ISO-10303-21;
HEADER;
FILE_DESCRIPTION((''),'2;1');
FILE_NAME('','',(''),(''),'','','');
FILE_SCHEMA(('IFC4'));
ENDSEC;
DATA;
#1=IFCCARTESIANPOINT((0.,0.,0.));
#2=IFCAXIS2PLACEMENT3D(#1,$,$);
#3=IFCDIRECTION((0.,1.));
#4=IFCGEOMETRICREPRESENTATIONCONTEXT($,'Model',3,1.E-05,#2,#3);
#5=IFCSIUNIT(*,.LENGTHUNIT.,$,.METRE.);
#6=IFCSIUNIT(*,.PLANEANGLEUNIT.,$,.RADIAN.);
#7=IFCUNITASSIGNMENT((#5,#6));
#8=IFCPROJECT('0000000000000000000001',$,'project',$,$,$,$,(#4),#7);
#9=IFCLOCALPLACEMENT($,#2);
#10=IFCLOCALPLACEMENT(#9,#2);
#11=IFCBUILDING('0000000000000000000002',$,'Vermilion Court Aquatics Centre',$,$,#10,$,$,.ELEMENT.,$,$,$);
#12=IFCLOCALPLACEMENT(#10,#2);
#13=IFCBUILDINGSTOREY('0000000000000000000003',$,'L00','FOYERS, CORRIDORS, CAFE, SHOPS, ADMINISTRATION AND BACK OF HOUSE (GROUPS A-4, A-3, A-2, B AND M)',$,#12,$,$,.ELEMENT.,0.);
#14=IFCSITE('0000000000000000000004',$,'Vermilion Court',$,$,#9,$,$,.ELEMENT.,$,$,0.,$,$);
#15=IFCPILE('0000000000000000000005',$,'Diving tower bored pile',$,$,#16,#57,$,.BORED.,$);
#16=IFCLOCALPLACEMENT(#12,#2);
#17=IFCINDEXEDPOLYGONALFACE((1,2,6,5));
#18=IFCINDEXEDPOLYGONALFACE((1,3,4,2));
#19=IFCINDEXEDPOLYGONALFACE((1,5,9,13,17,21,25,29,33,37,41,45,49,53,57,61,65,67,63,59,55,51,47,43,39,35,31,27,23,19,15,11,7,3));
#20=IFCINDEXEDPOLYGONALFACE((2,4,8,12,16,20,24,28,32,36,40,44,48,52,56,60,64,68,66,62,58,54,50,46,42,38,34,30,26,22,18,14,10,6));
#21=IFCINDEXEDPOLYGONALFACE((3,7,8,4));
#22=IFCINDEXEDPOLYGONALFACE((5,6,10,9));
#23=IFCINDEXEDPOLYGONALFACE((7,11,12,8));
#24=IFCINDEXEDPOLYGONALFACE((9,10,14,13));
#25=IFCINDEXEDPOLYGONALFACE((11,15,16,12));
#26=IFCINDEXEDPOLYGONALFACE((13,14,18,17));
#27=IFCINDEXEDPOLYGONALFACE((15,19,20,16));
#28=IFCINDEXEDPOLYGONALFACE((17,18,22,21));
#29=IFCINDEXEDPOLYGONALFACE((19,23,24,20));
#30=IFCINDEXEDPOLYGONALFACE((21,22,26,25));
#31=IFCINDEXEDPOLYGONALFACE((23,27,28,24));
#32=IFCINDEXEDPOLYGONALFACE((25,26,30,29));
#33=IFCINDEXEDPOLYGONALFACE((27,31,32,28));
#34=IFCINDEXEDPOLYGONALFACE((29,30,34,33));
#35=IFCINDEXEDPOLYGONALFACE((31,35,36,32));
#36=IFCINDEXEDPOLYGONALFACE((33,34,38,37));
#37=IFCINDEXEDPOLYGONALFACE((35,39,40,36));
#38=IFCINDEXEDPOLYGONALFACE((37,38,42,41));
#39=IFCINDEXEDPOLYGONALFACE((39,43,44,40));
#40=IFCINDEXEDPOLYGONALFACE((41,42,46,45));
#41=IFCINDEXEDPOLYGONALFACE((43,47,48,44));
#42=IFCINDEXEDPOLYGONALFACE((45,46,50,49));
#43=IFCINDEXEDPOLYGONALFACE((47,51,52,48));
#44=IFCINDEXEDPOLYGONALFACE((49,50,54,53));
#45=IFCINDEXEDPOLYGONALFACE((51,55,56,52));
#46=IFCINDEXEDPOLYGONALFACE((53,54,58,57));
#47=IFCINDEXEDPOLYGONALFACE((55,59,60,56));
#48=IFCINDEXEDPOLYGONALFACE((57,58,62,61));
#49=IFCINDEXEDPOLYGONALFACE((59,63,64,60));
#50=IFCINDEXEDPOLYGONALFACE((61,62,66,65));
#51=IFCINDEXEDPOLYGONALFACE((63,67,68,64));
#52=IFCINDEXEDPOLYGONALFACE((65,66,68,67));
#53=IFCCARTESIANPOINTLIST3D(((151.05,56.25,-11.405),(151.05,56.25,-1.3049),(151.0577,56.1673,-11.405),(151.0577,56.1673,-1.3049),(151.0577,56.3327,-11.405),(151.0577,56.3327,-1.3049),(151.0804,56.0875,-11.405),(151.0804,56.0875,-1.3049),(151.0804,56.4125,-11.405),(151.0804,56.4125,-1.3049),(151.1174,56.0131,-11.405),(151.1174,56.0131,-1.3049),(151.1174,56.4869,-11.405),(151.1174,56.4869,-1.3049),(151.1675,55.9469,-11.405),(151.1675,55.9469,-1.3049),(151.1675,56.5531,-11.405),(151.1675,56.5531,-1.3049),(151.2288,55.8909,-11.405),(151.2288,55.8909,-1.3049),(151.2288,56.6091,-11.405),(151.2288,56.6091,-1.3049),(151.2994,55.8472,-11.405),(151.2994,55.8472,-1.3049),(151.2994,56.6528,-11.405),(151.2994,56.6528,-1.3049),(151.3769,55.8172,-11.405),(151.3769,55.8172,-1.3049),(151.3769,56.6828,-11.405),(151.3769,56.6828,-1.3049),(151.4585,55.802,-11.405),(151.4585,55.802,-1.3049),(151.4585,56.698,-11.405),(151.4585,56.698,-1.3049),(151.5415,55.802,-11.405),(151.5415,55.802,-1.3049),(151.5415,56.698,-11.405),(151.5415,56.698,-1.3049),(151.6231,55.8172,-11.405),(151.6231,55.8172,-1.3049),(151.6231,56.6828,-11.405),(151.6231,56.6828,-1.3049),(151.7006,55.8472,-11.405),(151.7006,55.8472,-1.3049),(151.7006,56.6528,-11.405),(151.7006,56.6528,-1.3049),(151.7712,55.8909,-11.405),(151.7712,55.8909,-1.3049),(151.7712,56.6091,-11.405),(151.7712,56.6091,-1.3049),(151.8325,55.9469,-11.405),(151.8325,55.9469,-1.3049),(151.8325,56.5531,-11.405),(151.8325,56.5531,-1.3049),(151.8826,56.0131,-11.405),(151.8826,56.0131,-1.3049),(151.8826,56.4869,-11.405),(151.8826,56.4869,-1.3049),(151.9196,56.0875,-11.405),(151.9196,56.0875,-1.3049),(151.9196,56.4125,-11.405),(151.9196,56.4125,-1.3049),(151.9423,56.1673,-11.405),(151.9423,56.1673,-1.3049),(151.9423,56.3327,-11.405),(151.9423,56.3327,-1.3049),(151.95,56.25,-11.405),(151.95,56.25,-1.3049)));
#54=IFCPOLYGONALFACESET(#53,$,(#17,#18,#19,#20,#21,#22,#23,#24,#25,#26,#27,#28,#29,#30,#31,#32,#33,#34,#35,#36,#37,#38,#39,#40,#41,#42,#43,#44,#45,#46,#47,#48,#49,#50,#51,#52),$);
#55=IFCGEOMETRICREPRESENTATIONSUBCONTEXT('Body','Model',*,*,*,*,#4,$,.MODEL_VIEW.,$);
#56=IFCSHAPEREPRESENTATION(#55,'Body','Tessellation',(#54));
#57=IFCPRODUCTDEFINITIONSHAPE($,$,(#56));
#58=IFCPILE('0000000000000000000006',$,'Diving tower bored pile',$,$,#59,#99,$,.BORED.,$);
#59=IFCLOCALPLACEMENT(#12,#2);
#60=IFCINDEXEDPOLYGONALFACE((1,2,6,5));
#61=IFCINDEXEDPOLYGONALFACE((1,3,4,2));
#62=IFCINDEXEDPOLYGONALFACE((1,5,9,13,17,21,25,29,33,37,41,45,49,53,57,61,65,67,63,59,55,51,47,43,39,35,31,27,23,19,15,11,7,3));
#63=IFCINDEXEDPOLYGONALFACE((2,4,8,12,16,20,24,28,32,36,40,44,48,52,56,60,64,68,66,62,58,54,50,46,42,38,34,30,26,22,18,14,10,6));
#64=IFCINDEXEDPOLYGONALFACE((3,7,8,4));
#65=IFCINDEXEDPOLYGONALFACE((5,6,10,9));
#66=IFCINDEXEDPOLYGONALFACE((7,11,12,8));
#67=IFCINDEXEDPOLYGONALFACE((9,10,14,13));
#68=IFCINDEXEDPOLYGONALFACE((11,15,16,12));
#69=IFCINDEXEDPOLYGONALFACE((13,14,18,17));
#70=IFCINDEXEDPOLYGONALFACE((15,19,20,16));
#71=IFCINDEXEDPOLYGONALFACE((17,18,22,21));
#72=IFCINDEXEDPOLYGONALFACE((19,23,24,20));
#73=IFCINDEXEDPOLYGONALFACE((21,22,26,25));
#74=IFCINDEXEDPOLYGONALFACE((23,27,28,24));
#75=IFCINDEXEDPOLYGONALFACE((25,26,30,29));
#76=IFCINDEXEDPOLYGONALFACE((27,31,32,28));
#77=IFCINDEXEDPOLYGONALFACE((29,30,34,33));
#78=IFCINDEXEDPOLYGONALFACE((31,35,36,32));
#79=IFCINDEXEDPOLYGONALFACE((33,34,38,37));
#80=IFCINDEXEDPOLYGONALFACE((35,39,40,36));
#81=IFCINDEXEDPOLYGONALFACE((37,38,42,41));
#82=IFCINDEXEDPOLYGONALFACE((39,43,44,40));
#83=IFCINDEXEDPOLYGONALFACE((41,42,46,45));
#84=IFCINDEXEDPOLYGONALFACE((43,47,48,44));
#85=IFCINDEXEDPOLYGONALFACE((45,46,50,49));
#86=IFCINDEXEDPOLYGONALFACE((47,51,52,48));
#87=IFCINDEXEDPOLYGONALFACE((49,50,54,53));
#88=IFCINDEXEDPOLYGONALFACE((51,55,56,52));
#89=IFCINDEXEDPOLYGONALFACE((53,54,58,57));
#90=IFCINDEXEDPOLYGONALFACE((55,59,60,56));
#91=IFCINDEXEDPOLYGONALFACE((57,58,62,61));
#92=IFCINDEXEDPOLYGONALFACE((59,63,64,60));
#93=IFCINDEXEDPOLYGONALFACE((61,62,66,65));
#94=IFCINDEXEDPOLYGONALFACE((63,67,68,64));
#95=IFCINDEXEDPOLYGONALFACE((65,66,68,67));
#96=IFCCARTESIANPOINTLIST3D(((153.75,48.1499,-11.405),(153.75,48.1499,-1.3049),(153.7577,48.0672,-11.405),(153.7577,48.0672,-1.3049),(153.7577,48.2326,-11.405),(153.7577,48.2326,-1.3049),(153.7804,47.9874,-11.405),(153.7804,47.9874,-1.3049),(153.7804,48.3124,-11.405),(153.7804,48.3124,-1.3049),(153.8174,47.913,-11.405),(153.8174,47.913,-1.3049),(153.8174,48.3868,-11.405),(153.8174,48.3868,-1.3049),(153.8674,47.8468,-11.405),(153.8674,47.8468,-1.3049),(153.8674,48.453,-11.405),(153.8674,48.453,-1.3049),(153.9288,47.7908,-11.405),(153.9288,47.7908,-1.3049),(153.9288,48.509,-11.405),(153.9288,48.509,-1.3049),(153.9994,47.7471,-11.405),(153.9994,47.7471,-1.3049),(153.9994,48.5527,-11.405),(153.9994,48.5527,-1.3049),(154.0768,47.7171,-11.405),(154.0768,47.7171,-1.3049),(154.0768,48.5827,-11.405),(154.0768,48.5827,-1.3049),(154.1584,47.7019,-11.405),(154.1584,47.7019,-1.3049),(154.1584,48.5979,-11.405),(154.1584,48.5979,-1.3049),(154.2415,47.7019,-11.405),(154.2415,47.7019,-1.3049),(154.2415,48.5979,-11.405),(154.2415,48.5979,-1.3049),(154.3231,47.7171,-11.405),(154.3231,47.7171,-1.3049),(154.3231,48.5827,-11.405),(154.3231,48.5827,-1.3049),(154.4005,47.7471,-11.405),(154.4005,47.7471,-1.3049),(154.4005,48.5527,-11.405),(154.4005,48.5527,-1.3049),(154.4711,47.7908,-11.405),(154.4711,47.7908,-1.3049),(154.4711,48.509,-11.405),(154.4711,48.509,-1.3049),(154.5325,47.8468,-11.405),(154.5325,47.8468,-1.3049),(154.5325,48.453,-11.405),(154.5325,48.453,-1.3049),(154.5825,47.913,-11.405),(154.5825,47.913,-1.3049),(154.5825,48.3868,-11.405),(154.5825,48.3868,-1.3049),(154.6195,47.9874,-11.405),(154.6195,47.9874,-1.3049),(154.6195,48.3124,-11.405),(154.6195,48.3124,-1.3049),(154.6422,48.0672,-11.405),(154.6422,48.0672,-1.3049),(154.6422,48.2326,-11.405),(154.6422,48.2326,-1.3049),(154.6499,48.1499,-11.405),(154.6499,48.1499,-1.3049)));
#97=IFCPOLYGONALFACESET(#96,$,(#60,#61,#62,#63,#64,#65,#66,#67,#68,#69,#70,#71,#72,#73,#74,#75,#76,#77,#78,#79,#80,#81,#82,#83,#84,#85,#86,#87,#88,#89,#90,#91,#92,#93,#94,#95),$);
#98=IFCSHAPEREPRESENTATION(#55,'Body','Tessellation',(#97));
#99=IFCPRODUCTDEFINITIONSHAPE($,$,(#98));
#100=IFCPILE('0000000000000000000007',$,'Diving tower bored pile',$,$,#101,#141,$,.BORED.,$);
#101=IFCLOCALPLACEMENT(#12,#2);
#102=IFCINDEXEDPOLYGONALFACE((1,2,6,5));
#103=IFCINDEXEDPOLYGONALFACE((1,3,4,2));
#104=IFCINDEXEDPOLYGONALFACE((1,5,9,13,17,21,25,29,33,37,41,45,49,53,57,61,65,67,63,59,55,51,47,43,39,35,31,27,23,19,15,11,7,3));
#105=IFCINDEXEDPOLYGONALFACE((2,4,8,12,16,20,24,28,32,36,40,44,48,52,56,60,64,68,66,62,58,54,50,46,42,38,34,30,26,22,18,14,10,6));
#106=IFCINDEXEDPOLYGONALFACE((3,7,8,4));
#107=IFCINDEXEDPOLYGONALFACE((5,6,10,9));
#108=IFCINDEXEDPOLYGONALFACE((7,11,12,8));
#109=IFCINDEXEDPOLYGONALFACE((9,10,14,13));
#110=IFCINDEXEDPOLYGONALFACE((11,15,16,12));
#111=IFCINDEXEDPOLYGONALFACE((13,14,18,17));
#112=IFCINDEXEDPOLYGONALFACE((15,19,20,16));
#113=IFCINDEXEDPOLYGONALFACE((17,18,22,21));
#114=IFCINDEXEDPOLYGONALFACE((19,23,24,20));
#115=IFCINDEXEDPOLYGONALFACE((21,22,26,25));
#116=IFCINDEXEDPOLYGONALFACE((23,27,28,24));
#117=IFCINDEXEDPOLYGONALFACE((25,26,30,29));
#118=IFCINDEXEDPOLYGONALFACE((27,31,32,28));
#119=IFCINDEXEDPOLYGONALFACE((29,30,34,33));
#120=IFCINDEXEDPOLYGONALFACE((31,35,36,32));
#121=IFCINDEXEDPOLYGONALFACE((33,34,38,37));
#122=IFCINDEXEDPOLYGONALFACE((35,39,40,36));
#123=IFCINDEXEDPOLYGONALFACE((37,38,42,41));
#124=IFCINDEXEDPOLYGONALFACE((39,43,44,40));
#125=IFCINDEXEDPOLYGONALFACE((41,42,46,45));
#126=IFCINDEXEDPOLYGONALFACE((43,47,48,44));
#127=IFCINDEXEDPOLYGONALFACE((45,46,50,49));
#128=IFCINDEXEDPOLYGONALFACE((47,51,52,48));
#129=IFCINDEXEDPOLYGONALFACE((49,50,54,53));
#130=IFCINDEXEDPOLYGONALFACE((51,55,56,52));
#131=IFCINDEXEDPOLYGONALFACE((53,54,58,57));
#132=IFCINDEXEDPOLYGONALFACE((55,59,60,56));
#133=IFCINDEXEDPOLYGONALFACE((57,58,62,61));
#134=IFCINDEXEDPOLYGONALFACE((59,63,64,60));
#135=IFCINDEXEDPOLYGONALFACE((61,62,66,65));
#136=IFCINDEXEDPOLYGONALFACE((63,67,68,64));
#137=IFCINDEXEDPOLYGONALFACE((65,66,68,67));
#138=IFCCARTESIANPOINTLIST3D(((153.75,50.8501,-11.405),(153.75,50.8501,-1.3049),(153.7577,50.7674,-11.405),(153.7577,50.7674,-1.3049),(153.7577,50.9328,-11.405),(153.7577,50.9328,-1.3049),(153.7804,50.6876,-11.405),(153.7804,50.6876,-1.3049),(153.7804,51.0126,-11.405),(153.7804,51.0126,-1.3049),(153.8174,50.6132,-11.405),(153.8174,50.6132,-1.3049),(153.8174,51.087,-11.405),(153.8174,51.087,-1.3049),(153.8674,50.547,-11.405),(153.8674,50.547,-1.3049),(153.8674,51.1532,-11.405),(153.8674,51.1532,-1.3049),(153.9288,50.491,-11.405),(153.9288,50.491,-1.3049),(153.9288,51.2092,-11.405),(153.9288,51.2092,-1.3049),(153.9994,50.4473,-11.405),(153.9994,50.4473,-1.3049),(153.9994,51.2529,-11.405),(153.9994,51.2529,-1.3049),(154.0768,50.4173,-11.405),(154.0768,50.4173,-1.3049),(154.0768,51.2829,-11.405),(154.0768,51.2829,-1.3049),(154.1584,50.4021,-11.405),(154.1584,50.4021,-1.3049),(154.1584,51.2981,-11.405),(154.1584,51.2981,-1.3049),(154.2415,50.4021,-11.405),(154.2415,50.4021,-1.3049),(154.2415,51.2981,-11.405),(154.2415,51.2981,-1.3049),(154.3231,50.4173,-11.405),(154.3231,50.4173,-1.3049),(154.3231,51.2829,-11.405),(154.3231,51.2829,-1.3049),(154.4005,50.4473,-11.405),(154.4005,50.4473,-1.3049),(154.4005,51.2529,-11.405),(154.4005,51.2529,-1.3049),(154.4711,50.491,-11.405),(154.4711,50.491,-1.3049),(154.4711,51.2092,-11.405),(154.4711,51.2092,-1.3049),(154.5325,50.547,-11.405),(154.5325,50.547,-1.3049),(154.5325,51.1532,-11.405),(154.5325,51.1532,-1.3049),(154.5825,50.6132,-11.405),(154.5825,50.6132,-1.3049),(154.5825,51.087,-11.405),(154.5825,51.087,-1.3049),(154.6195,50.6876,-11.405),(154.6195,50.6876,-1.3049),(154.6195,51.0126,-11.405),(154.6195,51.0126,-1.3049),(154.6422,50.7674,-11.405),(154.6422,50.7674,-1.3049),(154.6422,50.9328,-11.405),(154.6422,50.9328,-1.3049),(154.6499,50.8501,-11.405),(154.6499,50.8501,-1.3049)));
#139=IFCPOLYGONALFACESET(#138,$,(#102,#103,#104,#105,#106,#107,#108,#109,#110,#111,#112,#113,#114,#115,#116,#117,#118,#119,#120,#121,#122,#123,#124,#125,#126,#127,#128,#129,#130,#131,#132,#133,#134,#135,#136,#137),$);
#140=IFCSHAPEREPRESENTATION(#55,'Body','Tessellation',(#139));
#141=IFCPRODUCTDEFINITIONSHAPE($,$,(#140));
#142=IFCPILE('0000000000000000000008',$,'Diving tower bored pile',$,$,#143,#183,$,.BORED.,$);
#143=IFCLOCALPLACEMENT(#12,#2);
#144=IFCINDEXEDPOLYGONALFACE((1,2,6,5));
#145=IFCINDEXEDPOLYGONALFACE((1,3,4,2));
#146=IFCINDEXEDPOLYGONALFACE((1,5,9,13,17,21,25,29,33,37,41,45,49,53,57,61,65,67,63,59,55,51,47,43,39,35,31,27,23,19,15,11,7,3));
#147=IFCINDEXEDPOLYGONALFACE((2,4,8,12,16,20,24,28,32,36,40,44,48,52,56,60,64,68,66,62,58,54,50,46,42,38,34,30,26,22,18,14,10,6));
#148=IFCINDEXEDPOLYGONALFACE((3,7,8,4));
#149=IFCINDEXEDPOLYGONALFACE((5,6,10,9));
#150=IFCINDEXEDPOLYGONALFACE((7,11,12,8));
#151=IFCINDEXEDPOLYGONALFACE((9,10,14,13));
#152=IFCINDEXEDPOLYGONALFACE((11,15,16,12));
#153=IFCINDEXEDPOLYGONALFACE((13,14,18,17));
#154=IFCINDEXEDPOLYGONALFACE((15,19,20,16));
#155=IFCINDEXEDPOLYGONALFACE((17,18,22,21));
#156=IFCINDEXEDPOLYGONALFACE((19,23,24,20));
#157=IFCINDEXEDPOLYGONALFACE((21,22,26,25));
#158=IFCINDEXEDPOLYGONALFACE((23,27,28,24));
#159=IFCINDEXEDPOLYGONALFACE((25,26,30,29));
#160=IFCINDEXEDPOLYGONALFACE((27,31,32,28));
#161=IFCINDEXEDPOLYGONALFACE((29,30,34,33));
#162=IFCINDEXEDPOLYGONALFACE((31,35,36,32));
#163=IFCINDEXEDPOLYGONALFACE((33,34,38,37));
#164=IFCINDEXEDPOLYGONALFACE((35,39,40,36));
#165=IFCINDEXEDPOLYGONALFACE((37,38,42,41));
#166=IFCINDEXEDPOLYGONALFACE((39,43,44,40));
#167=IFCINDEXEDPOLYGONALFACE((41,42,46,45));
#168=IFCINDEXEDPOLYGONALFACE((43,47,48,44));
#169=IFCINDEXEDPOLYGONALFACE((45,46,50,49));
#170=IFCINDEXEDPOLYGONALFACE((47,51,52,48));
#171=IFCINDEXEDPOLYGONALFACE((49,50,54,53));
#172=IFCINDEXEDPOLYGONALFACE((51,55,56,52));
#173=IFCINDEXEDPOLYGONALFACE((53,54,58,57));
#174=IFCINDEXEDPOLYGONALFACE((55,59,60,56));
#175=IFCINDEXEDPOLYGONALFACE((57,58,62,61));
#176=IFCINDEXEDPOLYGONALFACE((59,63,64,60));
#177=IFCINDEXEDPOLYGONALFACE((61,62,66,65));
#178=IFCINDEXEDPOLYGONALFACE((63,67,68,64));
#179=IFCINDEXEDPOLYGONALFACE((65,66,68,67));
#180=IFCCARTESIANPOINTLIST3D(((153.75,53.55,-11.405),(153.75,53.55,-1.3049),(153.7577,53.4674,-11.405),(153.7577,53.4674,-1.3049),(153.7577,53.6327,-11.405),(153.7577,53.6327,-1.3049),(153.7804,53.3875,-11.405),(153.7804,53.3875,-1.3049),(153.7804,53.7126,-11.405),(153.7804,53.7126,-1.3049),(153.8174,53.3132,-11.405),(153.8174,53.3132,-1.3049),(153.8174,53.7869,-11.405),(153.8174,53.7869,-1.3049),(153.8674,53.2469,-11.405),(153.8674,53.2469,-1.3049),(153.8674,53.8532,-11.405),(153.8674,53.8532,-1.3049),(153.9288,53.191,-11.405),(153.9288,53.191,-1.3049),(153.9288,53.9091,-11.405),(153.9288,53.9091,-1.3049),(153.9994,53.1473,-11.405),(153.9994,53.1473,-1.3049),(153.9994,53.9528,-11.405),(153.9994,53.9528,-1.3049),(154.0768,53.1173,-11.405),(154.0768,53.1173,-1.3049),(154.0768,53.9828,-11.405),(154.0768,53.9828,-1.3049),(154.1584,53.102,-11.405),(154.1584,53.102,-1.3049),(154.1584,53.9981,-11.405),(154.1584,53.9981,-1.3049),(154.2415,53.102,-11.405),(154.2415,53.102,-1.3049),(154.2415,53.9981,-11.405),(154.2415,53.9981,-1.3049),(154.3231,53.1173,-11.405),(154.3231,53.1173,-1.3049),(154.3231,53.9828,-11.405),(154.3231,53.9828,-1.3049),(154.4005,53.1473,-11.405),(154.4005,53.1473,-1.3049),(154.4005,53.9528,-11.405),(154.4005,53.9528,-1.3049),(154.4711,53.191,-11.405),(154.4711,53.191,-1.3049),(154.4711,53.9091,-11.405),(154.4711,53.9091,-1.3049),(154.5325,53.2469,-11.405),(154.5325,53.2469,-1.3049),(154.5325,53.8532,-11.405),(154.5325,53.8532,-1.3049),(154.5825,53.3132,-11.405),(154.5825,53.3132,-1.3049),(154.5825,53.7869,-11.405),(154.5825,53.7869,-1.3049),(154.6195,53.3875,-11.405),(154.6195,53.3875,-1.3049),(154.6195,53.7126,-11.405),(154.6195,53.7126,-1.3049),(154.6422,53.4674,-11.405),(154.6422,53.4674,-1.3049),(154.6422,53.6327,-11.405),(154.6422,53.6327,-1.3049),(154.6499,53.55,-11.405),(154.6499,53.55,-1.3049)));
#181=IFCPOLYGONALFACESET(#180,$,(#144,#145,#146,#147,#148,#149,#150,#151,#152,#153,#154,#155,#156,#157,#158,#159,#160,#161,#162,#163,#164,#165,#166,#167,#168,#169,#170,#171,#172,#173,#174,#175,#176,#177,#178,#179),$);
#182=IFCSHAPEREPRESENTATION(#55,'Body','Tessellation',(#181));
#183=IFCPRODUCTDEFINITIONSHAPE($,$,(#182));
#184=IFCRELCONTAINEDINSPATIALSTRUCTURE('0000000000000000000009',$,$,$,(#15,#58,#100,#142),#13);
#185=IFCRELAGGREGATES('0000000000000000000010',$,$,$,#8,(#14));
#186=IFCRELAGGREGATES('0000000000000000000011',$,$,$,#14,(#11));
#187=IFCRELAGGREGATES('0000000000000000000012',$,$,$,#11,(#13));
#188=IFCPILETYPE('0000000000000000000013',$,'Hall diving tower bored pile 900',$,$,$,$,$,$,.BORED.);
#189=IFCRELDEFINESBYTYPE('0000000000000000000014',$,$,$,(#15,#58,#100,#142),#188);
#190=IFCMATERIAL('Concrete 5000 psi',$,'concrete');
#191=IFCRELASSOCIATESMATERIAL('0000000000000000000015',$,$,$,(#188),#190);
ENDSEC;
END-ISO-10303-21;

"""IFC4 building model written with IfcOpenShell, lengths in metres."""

from ifc_helpers import new_model, si_unit, direction, frame, origin, origin_2d, place, context, subcontext, project, spatial, circle, extrude, material, material_profile, profile_set, type_object, element, save


model = new_model("IFC4")

# Units and contexts
model_context = context("Model", 3, precision=1e-05, world=origin(), true_north=direction((0.0, 1.0)))
body_context = subcontext(model_context, "Body", "Model", "MODEL_VIEW")
ifc_project = project(units=[si_unit("LENGTHUNIT", "METRE"), si_unit("PLANEANGLEUNIT", "RADIAN")], contexts=[model_context])

# Site, building, storey
site_placement = place(None, origin())
site = spatial("IfcSite", under=ifc_project, at=site_placement, Name="Vermilion Court", CompositionType="ELEMENT", RefElevation=0.0)
building_placement = place(site_placement, origin())
building = spatial("IfcBuilding", under=site, at=building_placement, Name="Vermilion Court Aquatics Centre", CompositionType="ELEMENT")
storey_placement = place(building_placement, origin())
storey = spatial("IfcBuildingStorey", under=building, at=storey_placement, Name="L00", Description="FOYERS, CORRIDORS, CAFE, SHOPS, ADMINISTRATION AND BACK OF HOUSE (GROUPS A-4, A-3, A-2, B AND M)", CompositionType="ELEMENT", Elevation=0.0)

# Piles
ifc_material_1 = material(Name="Concrete 5000 psi", Category="concrete")
ifc_material_profile = material_profile(ifc_material_1, circle(Radius=0.45, at=origin_2d()), Name="D900")
ifc_profile_set = profile_set([ifc_material_profile], Name="Concrete 5000 psi")
pile_type = type_object("IfcPileType", Name="Hall diving tower bored pile 900", PredefinedType="BORED", material=ifc_profile_set)
for number, where, z_axis, x_axis, name in (
    (1, (151.5, 56.25, -1.3049), (0.0, 0.0, -1.0), (1.0, 0.0, 0.0), "Diving tower bored pile"),
    (2, (154.2, 48.1499, -1.3049), (0.0, 0.0, -1.0), (1.0, 0.0, 0.0), "Diving tower bored pile"),
    (3, (154.2, 50.8501, -1.3049), (0.0, 0.0, -1.0), (1.0, 0.0, 0.0), "Diving tower bored pile"),
    (4, (154.2, 53.55, -1.3049), (0.0, 0.0, -1.0), (1.0, 0.0, 0.0), "Diving tower bored pile"),
):
    element("IfcPile", number, at=place(storey_placement, frame(where, z_axis=z_axis, x_axis=x_axis)), inside=storey, type_object=pile_type, Name=name, PredefinedType="BORED", context=body_context, shape_type="SweptSolid", body=[
        extrude(circle(Radius=0.45, at=origin_2d()), origin(), (0.0, 0.0, 1.0), 10.1001),
    ])

save(model, "model.ifc")
